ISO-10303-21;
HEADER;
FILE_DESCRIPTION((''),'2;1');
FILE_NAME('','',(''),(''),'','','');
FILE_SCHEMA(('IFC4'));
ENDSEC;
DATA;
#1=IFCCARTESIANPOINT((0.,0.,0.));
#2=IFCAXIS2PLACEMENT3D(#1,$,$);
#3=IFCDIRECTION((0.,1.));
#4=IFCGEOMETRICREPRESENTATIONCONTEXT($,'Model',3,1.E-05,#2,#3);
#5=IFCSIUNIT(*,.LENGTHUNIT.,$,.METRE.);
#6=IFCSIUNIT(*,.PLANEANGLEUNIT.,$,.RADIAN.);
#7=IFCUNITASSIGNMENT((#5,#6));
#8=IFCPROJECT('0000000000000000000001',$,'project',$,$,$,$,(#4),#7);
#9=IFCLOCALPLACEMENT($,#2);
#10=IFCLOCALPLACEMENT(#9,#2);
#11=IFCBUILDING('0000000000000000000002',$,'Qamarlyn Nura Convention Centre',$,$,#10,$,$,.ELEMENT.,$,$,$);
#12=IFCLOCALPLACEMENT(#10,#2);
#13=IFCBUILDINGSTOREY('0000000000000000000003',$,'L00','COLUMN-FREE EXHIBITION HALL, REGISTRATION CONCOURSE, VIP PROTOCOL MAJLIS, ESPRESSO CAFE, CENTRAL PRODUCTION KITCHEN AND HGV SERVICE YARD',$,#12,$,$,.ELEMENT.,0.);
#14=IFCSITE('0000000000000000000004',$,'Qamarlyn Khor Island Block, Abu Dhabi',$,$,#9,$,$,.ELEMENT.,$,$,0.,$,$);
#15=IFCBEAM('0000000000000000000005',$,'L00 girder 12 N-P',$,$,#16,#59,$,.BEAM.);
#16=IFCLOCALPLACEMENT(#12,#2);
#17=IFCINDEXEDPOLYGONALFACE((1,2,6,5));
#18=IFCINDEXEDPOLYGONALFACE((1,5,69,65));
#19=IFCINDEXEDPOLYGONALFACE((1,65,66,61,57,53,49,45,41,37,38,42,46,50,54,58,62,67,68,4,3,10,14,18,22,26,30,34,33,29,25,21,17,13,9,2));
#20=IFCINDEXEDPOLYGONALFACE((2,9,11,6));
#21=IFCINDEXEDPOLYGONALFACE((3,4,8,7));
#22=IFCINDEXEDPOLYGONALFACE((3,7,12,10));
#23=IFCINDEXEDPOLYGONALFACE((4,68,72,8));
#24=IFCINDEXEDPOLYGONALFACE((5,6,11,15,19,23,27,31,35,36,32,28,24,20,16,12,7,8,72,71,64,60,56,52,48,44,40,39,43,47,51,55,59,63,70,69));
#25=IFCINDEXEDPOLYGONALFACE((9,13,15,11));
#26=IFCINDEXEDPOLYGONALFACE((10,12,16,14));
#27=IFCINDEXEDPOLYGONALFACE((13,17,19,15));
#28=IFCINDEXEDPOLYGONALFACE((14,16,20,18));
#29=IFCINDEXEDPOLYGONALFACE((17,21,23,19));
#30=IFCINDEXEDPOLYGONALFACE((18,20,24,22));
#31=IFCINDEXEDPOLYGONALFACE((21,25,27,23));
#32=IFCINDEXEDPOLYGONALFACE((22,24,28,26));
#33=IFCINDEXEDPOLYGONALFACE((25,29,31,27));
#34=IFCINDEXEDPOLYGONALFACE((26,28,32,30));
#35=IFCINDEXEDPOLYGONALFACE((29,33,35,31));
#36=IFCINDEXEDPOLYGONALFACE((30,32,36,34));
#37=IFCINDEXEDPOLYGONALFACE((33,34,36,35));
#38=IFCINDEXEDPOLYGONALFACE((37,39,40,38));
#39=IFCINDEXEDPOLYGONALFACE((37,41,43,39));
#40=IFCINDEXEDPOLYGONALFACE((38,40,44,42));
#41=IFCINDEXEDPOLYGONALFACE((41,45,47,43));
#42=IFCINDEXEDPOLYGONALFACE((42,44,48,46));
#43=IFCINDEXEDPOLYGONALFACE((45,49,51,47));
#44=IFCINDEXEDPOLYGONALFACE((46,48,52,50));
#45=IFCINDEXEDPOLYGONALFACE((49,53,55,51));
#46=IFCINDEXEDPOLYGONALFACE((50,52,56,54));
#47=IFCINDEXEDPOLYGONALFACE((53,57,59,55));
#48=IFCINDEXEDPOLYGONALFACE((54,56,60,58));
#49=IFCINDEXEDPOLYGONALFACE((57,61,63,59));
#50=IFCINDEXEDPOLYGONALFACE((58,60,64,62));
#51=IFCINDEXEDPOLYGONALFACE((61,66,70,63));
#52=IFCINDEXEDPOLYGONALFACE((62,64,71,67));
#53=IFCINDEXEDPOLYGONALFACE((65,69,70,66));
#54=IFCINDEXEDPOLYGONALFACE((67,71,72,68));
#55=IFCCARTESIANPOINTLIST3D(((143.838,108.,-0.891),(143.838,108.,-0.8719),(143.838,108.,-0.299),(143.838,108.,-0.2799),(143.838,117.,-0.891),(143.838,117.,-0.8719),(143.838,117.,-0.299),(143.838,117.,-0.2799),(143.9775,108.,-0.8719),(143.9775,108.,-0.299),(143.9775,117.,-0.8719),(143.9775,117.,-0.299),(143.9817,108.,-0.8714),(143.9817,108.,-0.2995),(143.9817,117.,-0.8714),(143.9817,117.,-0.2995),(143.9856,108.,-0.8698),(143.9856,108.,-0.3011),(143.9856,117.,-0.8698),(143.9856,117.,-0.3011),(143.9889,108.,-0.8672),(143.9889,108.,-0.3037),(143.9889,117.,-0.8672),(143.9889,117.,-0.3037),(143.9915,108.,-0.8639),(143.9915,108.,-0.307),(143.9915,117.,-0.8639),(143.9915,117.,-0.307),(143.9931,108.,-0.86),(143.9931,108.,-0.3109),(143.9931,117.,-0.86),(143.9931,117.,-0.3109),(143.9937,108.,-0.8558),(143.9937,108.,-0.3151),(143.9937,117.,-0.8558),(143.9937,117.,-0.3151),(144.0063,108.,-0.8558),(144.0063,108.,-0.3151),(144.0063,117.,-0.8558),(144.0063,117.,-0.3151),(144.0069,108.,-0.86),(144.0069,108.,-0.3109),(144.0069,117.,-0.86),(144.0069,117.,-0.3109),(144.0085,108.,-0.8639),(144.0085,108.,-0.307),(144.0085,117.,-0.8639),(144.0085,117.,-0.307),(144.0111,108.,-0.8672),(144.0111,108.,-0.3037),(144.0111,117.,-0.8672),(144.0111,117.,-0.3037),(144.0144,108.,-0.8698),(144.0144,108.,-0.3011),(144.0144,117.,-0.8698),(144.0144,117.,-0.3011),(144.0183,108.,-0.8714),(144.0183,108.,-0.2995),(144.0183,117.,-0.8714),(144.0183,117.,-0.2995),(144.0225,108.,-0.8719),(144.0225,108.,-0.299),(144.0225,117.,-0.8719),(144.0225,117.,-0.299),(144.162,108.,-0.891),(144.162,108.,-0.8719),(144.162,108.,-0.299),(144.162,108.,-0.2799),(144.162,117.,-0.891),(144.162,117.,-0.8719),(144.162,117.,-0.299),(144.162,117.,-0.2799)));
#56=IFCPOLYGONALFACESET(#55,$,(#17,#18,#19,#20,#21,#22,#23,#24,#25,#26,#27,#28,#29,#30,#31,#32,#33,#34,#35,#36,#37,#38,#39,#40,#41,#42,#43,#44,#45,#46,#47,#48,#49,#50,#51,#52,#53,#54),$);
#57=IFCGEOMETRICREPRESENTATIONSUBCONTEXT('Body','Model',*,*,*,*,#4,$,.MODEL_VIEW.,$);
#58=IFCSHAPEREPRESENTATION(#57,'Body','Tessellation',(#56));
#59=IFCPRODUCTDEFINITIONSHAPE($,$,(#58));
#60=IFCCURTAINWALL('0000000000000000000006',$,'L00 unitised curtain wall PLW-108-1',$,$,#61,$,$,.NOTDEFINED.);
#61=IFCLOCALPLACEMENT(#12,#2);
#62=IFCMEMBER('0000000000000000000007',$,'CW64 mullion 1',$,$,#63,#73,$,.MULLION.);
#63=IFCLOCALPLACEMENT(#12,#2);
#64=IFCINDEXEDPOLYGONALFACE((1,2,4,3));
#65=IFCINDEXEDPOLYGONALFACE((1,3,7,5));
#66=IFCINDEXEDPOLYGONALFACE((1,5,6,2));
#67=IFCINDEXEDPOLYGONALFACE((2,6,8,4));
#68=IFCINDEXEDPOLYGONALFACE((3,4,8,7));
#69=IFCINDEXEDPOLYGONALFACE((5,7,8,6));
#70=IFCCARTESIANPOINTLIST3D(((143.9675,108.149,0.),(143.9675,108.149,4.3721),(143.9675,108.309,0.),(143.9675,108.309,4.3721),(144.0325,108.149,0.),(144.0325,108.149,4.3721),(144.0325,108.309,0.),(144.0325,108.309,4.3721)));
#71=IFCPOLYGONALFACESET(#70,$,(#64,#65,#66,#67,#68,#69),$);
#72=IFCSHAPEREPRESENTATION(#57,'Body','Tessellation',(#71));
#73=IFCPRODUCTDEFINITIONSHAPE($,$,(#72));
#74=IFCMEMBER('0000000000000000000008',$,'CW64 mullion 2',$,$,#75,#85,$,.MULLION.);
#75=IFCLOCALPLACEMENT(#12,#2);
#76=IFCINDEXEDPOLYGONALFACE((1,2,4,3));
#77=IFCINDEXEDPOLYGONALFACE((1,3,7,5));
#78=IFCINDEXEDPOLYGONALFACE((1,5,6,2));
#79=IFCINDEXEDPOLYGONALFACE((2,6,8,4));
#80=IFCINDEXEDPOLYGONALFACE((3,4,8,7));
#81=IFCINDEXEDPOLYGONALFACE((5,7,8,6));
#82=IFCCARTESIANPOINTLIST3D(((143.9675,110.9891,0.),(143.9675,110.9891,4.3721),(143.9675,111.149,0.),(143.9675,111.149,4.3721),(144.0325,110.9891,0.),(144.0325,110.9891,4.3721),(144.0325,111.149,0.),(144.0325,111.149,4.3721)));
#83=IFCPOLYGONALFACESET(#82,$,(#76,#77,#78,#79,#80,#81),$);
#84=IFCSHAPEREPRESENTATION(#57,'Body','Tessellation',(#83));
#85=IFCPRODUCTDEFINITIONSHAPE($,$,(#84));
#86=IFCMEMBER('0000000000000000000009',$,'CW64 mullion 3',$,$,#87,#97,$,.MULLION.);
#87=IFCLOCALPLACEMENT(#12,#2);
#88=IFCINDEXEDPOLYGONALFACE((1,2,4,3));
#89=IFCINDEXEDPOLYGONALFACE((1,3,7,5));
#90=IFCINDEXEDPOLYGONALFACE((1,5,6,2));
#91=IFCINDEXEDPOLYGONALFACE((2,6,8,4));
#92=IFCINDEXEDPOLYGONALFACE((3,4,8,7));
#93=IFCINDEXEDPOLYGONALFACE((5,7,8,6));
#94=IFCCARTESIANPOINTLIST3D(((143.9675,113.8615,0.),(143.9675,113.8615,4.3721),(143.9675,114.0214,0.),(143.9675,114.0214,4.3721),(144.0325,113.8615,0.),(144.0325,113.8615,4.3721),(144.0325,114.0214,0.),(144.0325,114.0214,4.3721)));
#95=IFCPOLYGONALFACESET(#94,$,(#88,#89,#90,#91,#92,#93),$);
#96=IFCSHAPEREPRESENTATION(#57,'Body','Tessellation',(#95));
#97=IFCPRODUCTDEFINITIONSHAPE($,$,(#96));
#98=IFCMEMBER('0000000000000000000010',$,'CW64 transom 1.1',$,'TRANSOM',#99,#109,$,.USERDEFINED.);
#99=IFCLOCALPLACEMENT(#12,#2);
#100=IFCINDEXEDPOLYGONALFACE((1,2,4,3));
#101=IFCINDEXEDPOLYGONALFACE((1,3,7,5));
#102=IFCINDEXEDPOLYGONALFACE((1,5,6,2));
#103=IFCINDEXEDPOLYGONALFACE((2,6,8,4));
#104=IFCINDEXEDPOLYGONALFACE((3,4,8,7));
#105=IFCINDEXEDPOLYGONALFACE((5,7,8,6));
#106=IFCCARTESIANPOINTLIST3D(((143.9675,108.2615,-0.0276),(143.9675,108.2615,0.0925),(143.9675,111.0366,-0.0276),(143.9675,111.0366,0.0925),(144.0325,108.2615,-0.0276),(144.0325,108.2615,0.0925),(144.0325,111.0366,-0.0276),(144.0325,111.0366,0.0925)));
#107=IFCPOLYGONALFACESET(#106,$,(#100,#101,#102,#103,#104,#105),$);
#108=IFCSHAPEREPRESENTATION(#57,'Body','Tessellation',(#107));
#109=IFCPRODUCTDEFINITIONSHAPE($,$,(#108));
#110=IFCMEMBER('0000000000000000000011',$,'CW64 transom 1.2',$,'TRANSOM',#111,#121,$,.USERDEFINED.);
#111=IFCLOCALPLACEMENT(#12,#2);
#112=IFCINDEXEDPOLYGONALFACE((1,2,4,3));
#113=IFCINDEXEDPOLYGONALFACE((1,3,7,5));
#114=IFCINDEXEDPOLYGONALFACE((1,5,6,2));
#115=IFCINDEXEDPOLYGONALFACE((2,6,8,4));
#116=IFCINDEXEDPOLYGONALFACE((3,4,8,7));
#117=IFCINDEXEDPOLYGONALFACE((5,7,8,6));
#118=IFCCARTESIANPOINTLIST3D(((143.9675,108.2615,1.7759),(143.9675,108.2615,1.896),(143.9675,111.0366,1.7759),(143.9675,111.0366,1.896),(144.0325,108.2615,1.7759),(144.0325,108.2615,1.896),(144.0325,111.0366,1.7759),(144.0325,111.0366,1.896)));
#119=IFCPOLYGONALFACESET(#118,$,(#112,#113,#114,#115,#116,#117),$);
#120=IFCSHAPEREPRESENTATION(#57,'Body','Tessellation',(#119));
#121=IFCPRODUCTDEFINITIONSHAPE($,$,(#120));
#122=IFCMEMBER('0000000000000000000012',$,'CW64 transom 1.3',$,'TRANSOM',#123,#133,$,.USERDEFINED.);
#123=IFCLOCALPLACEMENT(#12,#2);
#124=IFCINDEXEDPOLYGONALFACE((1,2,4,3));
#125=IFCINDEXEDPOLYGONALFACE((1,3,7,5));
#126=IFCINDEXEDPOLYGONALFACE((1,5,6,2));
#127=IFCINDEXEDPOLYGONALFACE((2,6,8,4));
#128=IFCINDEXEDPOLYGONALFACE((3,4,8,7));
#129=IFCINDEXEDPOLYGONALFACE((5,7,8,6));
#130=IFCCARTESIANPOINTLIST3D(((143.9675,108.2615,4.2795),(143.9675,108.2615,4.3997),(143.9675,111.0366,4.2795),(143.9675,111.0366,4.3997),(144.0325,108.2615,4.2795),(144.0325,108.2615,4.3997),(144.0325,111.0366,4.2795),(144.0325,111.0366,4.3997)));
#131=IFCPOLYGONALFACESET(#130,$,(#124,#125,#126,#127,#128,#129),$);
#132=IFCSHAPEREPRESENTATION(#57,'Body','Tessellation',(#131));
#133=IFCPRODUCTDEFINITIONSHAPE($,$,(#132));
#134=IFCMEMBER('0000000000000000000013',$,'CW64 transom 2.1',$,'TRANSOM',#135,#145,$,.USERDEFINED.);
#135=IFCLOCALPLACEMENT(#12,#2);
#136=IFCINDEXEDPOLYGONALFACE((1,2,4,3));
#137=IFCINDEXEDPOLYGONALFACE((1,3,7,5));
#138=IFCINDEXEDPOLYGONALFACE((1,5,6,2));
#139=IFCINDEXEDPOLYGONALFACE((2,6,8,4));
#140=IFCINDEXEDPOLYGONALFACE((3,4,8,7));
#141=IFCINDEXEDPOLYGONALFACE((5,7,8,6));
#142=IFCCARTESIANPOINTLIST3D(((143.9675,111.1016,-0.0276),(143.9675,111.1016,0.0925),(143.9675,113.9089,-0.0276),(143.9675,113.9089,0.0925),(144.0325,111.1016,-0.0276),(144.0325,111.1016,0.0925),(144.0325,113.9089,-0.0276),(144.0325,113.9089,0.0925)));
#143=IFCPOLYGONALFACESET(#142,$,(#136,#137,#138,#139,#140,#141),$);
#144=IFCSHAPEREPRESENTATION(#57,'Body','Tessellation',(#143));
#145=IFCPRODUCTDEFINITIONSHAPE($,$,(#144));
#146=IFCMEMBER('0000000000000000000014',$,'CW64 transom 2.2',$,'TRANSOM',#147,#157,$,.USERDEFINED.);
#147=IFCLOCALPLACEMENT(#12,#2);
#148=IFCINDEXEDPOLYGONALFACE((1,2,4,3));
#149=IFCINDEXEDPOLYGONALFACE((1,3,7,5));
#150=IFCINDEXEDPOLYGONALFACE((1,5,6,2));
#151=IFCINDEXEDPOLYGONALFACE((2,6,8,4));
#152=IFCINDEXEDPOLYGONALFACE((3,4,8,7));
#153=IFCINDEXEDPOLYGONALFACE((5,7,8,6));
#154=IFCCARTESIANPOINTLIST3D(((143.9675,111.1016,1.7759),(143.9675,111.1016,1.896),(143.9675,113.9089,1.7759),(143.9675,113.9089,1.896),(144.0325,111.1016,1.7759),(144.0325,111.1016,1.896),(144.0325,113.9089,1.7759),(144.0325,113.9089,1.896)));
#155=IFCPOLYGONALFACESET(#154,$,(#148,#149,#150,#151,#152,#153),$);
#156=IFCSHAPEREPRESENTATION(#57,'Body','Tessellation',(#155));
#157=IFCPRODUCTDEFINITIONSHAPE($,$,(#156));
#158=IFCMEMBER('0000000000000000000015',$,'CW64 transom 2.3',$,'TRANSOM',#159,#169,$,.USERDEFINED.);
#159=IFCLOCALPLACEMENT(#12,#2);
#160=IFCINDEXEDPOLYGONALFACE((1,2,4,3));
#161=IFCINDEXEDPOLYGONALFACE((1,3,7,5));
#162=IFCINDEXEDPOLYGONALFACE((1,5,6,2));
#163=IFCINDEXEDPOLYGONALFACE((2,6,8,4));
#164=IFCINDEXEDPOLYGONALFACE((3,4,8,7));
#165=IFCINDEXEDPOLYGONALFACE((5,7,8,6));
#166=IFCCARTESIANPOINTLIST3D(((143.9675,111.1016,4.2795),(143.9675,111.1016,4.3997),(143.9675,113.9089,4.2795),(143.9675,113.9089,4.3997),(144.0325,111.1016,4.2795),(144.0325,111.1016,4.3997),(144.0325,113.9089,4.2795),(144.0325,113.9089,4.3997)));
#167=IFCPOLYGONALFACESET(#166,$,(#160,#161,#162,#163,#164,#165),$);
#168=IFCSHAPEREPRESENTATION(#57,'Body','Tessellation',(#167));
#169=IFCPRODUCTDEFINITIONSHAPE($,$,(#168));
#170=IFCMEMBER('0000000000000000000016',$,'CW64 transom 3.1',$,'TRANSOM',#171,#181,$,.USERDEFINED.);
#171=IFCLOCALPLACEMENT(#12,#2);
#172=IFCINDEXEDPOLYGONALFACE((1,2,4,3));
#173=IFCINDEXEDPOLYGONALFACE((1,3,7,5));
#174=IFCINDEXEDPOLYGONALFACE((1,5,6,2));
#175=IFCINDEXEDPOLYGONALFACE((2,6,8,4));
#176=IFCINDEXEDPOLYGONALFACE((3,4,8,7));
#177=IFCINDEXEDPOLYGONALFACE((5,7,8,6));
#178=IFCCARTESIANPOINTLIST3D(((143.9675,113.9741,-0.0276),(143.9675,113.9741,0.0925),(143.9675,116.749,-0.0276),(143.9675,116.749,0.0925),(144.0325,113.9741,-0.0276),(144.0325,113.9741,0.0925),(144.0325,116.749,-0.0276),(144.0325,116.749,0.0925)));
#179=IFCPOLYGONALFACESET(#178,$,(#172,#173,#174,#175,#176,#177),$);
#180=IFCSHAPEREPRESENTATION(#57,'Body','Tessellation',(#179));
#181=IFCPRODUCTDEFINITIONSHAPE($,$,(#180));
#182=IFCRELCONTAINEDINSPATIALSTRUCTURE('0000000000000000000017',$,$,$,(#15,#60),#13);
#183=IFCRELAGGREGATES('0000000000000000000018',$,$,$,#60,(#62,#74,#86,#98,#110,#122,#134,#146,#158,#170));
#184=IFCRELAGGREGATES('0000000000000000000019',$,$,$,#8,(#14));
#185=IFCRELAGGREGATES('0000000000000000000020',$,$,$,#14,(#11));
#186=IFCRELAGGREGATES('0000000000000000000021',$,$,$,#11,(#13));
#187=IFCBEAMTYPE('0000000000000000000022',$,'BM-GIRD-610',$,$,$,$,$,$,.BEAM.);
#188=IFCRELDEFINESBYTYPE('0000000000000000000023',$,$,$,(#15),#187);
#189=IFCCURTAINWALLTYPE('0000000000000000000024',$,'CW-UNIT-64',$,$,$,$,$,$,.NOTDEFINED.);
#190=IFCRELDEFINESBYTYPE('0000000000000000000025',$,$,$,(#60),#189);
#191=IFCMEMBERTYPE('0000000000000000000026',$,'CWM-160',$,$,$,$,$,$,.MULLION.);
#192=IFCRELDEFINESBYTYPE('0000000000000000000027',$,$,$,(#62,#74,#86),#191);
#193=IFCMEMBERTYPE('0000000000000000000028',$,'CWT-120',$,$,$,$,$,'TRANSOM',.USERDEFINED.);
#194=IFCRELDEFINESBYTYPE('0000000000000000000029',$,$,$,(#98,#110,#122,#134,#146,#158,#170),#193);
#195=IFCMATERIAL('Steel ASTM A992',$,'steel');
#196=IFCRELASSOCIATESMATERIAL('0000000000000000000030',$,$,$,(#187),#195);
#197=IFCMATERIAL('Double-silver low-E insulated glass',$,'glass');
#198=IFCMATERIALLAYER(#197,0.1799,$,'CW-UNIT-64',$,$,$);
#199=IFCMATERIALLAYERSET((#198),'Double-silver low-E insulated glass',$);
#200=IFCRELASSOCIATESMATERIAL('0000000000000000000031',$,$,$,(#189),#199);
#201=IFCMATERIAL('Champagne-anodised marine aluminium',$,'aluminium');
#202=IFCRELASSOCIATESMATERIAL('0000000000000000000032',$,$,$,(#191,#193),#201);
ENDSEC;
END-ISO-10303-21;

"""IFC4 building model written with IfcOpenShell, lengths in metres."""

from ifc_helpers import new_model, si_unit, direction, frame, origin, origin_2d, place, context, subcontext, project, spatial, rectangle, i_section, extrude, material, layer, layer_set, material_profile, profile_set, type_object, element, aggregate, save


model = new_model("IFC4")

# Units and contexts
model_context = context("Model", 3, precision=1e-05, world=origin(), true_north=direction((0.0, 1.0)))
body_context = subcontext(model_context, "Body", "Model", "MODEL_VIEW")
ifc_project = project(units=[si_unit("LENGTHUNIT", "METRE"), si_unit("PLANEANGLEUNIT", "RADIAN")], contexts=[model_context])

# Site, building, storey
site_placement = place(None, origin())
site = spatial("IfcSite", under=ifc_project, at=site_placement, Name="Qamarlyn Khor Island Block, Abu Dhabi", CompositionType="ELEMENT", RefElevation=0.0)
building_placement = place(site_placement, origin())
building = spatial("IfcBuilding", under=site, at=building_placement, Name="Qamarlyn Nura Convention Centre", CompositionType="ELEMENT")
storey_placement = place(building_placement, origin())
storey = spatial("IfcBuildingStorey", under=building, at=storey_placement, Name="L00", Description="COLUMN-FREE EXHIBITION HALL, REGISTRATION CONCOURSE, VIP PROTOCOL MAJLIS, ESPRESSO CAFE, CENTRAL PRODUCTION KITCHEN AND HGV SERVICE YARD", CompositionType="ELEMENT", Elevation=0.0)

# Beam
ifc_material_1 = material(Name="Steel ASTM A992", Category="steel")
ifc_material_profile_1 = material_profile(ifc_material_1, i_section(OverallWidth=0.324, OverallDepth=0.6111, WebThickness=0.0127, FlangeThickness=0.019, FilletRadius=0.0161, at=origin_2d()), Name="W610X155")
ifc_profile_set_1 = profile_set([ifc_material_profile_1], Name="Steel ASTM A992")
beam_type = type_object("IfcBeamType", Name="BM-GIRD-610", PredefinedType="BEAM", material=ifc_profile_set_1)
beam_placement = place(storey_placement, frame((144.0, 108.0, -0.5854), z_axis=(0.0, 1.0, 0.0), x_axis=(-1.0, 0.0, 0.0)))
element("IfcBeam", 1, at=beam_placement, inside=storey, type_object=beam_type, Name="L00 girder 12 N-P", PredefinedType="BEAM", context=body_context, shape_type="SweptSolid", body=[
    extrude(i_section(OverallWidth=0.324, OverallDepth=0.6111, WebThickness=0.0127, FlangeThickness=0.019, FilletRadius=0.0161, at=origin_2d()), origin(), (0.0, 0.0, 1.0), 9.0),
])

# Curtain wall, members
ifc_material_2 = material(Name="Double-silver low-E insulated glass", Category="glass")
ifc_layer_1 = layer(ifc_material_2, 0.1799, Name="CW-UNIT-64")
ifc_layer_set_1 = layer_set([ifc_layer_1], Name="Double-silver low-E insulated glass")
curtain_wall_type = type_object("IfcCurtainWallType", Name="CW-UNIT-64", PredefinedType="NOTDEFINED", material=ifc_layer_set_1)
curtain_wall_placement = place(storey_placement, origin())
curtain_wall = element("IfcCurtainWall", 2, at=curtain_wall_placement, inside=storey, type_object=curtain_wall_type, Name="L00 unitised curtain wall PLW-108-1", PredefinedType="NOTDEFINED")
ifc_material_3 = material(Name="Champagne-anodised marine aluminium", Category="aluminium")
ifc_material_profile_2 = material_profile(ifc_material_3, rectangle(XDim=0.0649, YDim=0.1599, at=origin_2d()), Name="ALU MULLION 65x160")
ifc_profile_set_2 = profile_set([ifc_material_profile_2], Name="Champagne-anodised marine aluminium")
member_type_1 = type_object("IfcMemberType", Name="CWM-160", PredefinedType="MULLION", material=ifc_profile_set_2)
member_1_placement = place(storey_placement, frame((144.0, 108.229, 0.0), z_axis=(0.0, 0.0, 1.0), x_axis=(-1.0, 0.0, 0.0)))
member_1 = element("IfcMember", 3, at=member_1_placement, type_object=member_type_1, Name="CW64 mullion 1", PredefinedType="MULLION", context=body_context, shape_type="SweptSolid", body=[
    extrude(rectangle(XDim=0.0649, YDim=0.1599, at=origin_2d()), origin(), (0.0, 0.0, 1.0), 4.3721),
])
member_2_placement = place(storey_placement, frame((144.0, 111.0691, 0.0), z_axis=(0.0, 0.0, 1.0), x_axis=(-1.0, 0.0, 0.0)))
member_2 = element("IfcMember", 4, at=member_2_placement, type_object=member_type_1, Name="CW64 mullion 2", PredefinedType="MULLION", context=body_context, shape_type="SweptSolid", body=[
    extrude(rectangle(XDim=0.0649, YDim=0.1599, at=origin_2d()), origin(), (0.0, 0.0, 1.0), 4.3721),
])
member_3_placement = place(storey_placement, frame((144.0, 113.9414, 0.0), z_axis=(0.0, 0.0, 1.0), x_axis=(-1.0, 0.0, 0.0)))
member_3 = element("IfcMember", 5, at=member_3_placement, type_object=member_type_1, Name="CW64 mullion 3", PredefinedType="MULLION", context=body_context, shape_type="SweptSolid", body=[
    extrude(rectangle(XDim=0.0649, YDim=0.1599, at=origin_2d()), origin(), (0.0, 0.0, 1.0), 4.3721),
])
ifc_material_profile_3 = material_profile(ifc_material_3, rectangle(XDim=0.0649, YDim=0.1201, at=origin_2d()), Name="ALU TRANSOM 65x120")
ifc_profile_set_3 = profile_set([ifc_material_profile_3], Name="Champagne-anodised marine aluminium")
member_type_2 = type_object("IfcMemberType", Name="CWT-120", ElementType="TRANSOM", PredefinedType="USERDEFINED", material=ifc_profile_set_3)
member_4_placement = place(storey_placement, frame((144.0, 108.2615, 0.0325), z_axis=(0.0, 1.0, 0.0), x_axis=(-1.0, 0.0, 0.0)))
member_4 = element("IfcMember", 6, at=member_4_placement, type_object=member_type_2, Name="CW64 transom 1.1", ObjectType="TRANSOM", PredefinedType="USERDEFINED", context=body_context, shape_type="SweptSolid", body=[
    extrude(rectangle(XDim=0.0649, YDim=0.1201, at=origin_2d()), origin(), (0.0, 0.0, 1.0), 2.7751),
])
member_5_placement = place(storey_placement, frame((144.0, 108.2615, 1.8359), z_axis=(0.0, 1.0, 0.0), x_axis=(-1.0, 0.0, 0.0)))
member_5 = element("IfcMember", 7, at=member_5_placement, type_object=member_type_2, Name="CW64 transom 1.2", ObjectType="TRANSOM", PredefinedType="USERDEFINED", context=body_context, shape_type="SweptSolid", body=[
    extrude(rectangle(XDim=0.0649, YDim=0.1201, at=origin_2d()), origin(), (0.0, 0.0, 1.0), 2.7751),
])
member_6_placement = place(storey_placement, frame((144.0, 108.2615, 4.3396), z_axis=(0.0, 1.0, 0.0), x_axis=(-1.0, 0.0, 0.0)))
member_6 = element("IfcMember", 8, at=member_6_placement, type_object=member_type_2, Name="CW64 transom 1.3", ObjectType="TRANSOM", PredefinedType="USERDEFINED", context=body_context, shape_type="SweptSolid", body=[
    extrude(rectangle(XDim=0.0649, YDim=0.1201, at=origin_2d()), origin(), (0.0, 0.0, 1.0), 2.7751),
])
member_7_placement = place(storey_placement, frame((144.0, 111.1016, 0.0325), z_axis=(0.0, 1.0, 0.0), x_axis=(-1.0, 0.0, 0.0)))
member_7 = element("IfcMember", 9, at=member_7_placement, type_object=member_type_2, Name="CW64 transom 2.1", ObjectType="TRANSOM", PredefinedType="USERDEFINED", context=body_context, shape_type="SweptSolid", body=[
    extrude(rectangle(XDim=0.0649, YDim=0.1201, at=origin_2d()), origin(), (0.0, 0.0, 1.0), 2.8074),
])
member_8_placement = place(storey_placement, frame((144.0, 111.1016, 1.8359), z_axis=(0.0, 1.0, 0.0), x_axis=(-1.0, 0.0, 0.0)))
member_8 = element("IfcMember", 10, at=member_8_placement, type_object=member_type_2, Name="CW64 transom 2.2", ObjectType="TRANSOM", PredefinedType="USERDEFINED", context=body_context, shape_type="SweptSolid", body=[
    extrude(rectangle(XDim=0.0649, YDim=0.1201, at=origin_2d()), origin(), (0.0, 0.0, 1.0), 2.8074),
])
member_9_placement = place(storey_placement, frame((144.0, 111.1016, 4.3396), z_axis=(0.0, 1.0, 0.0), x_axis=(-1.0, 0.0, 0.0)))
member_9 = element("IfcMember", 11, at=member_9_placement, type_object=member_type_2, Name="CW64 transom 2.3", ObjectType="TRANSOM", PredefinedType="USERDEFINED", context=body_context, shape_type="SweptSolid", body=[
    extrude(rectangle(XDim=0.0649, YDim=0.1201, at=origin_2d()), origin(), (0.0, 0.0, 1.0), 2.8074),
])
member_10_placement = place(storey_placement, frame((144.0, 113.9741, 0.0325), z_axis=(0.0, 1.0, 0.0), x_axis=(-1.0, 0.0, 0.0)))
member_10 = element("IfcMember", 12, at=member_10_placement, type_object=member_type_2, Name="CW64 transom 3.1", ObjectType="TRANSOM", PredefinedType="USERDEFINED", context=body_context, shape_type="SweptSolid", body=[
    extrude(rectangle(XDim=0.0649, YDim=0.1201, at=origin_2d()), origin(), (0.0, 0.0, 1.0), 2.7749),
])
aggregate(curtain_wall, [member_1, member_2, member_3, member_4, member_5, member_6, member_7, member_8, member_9, member_10])

save(model, "model.ifc")
